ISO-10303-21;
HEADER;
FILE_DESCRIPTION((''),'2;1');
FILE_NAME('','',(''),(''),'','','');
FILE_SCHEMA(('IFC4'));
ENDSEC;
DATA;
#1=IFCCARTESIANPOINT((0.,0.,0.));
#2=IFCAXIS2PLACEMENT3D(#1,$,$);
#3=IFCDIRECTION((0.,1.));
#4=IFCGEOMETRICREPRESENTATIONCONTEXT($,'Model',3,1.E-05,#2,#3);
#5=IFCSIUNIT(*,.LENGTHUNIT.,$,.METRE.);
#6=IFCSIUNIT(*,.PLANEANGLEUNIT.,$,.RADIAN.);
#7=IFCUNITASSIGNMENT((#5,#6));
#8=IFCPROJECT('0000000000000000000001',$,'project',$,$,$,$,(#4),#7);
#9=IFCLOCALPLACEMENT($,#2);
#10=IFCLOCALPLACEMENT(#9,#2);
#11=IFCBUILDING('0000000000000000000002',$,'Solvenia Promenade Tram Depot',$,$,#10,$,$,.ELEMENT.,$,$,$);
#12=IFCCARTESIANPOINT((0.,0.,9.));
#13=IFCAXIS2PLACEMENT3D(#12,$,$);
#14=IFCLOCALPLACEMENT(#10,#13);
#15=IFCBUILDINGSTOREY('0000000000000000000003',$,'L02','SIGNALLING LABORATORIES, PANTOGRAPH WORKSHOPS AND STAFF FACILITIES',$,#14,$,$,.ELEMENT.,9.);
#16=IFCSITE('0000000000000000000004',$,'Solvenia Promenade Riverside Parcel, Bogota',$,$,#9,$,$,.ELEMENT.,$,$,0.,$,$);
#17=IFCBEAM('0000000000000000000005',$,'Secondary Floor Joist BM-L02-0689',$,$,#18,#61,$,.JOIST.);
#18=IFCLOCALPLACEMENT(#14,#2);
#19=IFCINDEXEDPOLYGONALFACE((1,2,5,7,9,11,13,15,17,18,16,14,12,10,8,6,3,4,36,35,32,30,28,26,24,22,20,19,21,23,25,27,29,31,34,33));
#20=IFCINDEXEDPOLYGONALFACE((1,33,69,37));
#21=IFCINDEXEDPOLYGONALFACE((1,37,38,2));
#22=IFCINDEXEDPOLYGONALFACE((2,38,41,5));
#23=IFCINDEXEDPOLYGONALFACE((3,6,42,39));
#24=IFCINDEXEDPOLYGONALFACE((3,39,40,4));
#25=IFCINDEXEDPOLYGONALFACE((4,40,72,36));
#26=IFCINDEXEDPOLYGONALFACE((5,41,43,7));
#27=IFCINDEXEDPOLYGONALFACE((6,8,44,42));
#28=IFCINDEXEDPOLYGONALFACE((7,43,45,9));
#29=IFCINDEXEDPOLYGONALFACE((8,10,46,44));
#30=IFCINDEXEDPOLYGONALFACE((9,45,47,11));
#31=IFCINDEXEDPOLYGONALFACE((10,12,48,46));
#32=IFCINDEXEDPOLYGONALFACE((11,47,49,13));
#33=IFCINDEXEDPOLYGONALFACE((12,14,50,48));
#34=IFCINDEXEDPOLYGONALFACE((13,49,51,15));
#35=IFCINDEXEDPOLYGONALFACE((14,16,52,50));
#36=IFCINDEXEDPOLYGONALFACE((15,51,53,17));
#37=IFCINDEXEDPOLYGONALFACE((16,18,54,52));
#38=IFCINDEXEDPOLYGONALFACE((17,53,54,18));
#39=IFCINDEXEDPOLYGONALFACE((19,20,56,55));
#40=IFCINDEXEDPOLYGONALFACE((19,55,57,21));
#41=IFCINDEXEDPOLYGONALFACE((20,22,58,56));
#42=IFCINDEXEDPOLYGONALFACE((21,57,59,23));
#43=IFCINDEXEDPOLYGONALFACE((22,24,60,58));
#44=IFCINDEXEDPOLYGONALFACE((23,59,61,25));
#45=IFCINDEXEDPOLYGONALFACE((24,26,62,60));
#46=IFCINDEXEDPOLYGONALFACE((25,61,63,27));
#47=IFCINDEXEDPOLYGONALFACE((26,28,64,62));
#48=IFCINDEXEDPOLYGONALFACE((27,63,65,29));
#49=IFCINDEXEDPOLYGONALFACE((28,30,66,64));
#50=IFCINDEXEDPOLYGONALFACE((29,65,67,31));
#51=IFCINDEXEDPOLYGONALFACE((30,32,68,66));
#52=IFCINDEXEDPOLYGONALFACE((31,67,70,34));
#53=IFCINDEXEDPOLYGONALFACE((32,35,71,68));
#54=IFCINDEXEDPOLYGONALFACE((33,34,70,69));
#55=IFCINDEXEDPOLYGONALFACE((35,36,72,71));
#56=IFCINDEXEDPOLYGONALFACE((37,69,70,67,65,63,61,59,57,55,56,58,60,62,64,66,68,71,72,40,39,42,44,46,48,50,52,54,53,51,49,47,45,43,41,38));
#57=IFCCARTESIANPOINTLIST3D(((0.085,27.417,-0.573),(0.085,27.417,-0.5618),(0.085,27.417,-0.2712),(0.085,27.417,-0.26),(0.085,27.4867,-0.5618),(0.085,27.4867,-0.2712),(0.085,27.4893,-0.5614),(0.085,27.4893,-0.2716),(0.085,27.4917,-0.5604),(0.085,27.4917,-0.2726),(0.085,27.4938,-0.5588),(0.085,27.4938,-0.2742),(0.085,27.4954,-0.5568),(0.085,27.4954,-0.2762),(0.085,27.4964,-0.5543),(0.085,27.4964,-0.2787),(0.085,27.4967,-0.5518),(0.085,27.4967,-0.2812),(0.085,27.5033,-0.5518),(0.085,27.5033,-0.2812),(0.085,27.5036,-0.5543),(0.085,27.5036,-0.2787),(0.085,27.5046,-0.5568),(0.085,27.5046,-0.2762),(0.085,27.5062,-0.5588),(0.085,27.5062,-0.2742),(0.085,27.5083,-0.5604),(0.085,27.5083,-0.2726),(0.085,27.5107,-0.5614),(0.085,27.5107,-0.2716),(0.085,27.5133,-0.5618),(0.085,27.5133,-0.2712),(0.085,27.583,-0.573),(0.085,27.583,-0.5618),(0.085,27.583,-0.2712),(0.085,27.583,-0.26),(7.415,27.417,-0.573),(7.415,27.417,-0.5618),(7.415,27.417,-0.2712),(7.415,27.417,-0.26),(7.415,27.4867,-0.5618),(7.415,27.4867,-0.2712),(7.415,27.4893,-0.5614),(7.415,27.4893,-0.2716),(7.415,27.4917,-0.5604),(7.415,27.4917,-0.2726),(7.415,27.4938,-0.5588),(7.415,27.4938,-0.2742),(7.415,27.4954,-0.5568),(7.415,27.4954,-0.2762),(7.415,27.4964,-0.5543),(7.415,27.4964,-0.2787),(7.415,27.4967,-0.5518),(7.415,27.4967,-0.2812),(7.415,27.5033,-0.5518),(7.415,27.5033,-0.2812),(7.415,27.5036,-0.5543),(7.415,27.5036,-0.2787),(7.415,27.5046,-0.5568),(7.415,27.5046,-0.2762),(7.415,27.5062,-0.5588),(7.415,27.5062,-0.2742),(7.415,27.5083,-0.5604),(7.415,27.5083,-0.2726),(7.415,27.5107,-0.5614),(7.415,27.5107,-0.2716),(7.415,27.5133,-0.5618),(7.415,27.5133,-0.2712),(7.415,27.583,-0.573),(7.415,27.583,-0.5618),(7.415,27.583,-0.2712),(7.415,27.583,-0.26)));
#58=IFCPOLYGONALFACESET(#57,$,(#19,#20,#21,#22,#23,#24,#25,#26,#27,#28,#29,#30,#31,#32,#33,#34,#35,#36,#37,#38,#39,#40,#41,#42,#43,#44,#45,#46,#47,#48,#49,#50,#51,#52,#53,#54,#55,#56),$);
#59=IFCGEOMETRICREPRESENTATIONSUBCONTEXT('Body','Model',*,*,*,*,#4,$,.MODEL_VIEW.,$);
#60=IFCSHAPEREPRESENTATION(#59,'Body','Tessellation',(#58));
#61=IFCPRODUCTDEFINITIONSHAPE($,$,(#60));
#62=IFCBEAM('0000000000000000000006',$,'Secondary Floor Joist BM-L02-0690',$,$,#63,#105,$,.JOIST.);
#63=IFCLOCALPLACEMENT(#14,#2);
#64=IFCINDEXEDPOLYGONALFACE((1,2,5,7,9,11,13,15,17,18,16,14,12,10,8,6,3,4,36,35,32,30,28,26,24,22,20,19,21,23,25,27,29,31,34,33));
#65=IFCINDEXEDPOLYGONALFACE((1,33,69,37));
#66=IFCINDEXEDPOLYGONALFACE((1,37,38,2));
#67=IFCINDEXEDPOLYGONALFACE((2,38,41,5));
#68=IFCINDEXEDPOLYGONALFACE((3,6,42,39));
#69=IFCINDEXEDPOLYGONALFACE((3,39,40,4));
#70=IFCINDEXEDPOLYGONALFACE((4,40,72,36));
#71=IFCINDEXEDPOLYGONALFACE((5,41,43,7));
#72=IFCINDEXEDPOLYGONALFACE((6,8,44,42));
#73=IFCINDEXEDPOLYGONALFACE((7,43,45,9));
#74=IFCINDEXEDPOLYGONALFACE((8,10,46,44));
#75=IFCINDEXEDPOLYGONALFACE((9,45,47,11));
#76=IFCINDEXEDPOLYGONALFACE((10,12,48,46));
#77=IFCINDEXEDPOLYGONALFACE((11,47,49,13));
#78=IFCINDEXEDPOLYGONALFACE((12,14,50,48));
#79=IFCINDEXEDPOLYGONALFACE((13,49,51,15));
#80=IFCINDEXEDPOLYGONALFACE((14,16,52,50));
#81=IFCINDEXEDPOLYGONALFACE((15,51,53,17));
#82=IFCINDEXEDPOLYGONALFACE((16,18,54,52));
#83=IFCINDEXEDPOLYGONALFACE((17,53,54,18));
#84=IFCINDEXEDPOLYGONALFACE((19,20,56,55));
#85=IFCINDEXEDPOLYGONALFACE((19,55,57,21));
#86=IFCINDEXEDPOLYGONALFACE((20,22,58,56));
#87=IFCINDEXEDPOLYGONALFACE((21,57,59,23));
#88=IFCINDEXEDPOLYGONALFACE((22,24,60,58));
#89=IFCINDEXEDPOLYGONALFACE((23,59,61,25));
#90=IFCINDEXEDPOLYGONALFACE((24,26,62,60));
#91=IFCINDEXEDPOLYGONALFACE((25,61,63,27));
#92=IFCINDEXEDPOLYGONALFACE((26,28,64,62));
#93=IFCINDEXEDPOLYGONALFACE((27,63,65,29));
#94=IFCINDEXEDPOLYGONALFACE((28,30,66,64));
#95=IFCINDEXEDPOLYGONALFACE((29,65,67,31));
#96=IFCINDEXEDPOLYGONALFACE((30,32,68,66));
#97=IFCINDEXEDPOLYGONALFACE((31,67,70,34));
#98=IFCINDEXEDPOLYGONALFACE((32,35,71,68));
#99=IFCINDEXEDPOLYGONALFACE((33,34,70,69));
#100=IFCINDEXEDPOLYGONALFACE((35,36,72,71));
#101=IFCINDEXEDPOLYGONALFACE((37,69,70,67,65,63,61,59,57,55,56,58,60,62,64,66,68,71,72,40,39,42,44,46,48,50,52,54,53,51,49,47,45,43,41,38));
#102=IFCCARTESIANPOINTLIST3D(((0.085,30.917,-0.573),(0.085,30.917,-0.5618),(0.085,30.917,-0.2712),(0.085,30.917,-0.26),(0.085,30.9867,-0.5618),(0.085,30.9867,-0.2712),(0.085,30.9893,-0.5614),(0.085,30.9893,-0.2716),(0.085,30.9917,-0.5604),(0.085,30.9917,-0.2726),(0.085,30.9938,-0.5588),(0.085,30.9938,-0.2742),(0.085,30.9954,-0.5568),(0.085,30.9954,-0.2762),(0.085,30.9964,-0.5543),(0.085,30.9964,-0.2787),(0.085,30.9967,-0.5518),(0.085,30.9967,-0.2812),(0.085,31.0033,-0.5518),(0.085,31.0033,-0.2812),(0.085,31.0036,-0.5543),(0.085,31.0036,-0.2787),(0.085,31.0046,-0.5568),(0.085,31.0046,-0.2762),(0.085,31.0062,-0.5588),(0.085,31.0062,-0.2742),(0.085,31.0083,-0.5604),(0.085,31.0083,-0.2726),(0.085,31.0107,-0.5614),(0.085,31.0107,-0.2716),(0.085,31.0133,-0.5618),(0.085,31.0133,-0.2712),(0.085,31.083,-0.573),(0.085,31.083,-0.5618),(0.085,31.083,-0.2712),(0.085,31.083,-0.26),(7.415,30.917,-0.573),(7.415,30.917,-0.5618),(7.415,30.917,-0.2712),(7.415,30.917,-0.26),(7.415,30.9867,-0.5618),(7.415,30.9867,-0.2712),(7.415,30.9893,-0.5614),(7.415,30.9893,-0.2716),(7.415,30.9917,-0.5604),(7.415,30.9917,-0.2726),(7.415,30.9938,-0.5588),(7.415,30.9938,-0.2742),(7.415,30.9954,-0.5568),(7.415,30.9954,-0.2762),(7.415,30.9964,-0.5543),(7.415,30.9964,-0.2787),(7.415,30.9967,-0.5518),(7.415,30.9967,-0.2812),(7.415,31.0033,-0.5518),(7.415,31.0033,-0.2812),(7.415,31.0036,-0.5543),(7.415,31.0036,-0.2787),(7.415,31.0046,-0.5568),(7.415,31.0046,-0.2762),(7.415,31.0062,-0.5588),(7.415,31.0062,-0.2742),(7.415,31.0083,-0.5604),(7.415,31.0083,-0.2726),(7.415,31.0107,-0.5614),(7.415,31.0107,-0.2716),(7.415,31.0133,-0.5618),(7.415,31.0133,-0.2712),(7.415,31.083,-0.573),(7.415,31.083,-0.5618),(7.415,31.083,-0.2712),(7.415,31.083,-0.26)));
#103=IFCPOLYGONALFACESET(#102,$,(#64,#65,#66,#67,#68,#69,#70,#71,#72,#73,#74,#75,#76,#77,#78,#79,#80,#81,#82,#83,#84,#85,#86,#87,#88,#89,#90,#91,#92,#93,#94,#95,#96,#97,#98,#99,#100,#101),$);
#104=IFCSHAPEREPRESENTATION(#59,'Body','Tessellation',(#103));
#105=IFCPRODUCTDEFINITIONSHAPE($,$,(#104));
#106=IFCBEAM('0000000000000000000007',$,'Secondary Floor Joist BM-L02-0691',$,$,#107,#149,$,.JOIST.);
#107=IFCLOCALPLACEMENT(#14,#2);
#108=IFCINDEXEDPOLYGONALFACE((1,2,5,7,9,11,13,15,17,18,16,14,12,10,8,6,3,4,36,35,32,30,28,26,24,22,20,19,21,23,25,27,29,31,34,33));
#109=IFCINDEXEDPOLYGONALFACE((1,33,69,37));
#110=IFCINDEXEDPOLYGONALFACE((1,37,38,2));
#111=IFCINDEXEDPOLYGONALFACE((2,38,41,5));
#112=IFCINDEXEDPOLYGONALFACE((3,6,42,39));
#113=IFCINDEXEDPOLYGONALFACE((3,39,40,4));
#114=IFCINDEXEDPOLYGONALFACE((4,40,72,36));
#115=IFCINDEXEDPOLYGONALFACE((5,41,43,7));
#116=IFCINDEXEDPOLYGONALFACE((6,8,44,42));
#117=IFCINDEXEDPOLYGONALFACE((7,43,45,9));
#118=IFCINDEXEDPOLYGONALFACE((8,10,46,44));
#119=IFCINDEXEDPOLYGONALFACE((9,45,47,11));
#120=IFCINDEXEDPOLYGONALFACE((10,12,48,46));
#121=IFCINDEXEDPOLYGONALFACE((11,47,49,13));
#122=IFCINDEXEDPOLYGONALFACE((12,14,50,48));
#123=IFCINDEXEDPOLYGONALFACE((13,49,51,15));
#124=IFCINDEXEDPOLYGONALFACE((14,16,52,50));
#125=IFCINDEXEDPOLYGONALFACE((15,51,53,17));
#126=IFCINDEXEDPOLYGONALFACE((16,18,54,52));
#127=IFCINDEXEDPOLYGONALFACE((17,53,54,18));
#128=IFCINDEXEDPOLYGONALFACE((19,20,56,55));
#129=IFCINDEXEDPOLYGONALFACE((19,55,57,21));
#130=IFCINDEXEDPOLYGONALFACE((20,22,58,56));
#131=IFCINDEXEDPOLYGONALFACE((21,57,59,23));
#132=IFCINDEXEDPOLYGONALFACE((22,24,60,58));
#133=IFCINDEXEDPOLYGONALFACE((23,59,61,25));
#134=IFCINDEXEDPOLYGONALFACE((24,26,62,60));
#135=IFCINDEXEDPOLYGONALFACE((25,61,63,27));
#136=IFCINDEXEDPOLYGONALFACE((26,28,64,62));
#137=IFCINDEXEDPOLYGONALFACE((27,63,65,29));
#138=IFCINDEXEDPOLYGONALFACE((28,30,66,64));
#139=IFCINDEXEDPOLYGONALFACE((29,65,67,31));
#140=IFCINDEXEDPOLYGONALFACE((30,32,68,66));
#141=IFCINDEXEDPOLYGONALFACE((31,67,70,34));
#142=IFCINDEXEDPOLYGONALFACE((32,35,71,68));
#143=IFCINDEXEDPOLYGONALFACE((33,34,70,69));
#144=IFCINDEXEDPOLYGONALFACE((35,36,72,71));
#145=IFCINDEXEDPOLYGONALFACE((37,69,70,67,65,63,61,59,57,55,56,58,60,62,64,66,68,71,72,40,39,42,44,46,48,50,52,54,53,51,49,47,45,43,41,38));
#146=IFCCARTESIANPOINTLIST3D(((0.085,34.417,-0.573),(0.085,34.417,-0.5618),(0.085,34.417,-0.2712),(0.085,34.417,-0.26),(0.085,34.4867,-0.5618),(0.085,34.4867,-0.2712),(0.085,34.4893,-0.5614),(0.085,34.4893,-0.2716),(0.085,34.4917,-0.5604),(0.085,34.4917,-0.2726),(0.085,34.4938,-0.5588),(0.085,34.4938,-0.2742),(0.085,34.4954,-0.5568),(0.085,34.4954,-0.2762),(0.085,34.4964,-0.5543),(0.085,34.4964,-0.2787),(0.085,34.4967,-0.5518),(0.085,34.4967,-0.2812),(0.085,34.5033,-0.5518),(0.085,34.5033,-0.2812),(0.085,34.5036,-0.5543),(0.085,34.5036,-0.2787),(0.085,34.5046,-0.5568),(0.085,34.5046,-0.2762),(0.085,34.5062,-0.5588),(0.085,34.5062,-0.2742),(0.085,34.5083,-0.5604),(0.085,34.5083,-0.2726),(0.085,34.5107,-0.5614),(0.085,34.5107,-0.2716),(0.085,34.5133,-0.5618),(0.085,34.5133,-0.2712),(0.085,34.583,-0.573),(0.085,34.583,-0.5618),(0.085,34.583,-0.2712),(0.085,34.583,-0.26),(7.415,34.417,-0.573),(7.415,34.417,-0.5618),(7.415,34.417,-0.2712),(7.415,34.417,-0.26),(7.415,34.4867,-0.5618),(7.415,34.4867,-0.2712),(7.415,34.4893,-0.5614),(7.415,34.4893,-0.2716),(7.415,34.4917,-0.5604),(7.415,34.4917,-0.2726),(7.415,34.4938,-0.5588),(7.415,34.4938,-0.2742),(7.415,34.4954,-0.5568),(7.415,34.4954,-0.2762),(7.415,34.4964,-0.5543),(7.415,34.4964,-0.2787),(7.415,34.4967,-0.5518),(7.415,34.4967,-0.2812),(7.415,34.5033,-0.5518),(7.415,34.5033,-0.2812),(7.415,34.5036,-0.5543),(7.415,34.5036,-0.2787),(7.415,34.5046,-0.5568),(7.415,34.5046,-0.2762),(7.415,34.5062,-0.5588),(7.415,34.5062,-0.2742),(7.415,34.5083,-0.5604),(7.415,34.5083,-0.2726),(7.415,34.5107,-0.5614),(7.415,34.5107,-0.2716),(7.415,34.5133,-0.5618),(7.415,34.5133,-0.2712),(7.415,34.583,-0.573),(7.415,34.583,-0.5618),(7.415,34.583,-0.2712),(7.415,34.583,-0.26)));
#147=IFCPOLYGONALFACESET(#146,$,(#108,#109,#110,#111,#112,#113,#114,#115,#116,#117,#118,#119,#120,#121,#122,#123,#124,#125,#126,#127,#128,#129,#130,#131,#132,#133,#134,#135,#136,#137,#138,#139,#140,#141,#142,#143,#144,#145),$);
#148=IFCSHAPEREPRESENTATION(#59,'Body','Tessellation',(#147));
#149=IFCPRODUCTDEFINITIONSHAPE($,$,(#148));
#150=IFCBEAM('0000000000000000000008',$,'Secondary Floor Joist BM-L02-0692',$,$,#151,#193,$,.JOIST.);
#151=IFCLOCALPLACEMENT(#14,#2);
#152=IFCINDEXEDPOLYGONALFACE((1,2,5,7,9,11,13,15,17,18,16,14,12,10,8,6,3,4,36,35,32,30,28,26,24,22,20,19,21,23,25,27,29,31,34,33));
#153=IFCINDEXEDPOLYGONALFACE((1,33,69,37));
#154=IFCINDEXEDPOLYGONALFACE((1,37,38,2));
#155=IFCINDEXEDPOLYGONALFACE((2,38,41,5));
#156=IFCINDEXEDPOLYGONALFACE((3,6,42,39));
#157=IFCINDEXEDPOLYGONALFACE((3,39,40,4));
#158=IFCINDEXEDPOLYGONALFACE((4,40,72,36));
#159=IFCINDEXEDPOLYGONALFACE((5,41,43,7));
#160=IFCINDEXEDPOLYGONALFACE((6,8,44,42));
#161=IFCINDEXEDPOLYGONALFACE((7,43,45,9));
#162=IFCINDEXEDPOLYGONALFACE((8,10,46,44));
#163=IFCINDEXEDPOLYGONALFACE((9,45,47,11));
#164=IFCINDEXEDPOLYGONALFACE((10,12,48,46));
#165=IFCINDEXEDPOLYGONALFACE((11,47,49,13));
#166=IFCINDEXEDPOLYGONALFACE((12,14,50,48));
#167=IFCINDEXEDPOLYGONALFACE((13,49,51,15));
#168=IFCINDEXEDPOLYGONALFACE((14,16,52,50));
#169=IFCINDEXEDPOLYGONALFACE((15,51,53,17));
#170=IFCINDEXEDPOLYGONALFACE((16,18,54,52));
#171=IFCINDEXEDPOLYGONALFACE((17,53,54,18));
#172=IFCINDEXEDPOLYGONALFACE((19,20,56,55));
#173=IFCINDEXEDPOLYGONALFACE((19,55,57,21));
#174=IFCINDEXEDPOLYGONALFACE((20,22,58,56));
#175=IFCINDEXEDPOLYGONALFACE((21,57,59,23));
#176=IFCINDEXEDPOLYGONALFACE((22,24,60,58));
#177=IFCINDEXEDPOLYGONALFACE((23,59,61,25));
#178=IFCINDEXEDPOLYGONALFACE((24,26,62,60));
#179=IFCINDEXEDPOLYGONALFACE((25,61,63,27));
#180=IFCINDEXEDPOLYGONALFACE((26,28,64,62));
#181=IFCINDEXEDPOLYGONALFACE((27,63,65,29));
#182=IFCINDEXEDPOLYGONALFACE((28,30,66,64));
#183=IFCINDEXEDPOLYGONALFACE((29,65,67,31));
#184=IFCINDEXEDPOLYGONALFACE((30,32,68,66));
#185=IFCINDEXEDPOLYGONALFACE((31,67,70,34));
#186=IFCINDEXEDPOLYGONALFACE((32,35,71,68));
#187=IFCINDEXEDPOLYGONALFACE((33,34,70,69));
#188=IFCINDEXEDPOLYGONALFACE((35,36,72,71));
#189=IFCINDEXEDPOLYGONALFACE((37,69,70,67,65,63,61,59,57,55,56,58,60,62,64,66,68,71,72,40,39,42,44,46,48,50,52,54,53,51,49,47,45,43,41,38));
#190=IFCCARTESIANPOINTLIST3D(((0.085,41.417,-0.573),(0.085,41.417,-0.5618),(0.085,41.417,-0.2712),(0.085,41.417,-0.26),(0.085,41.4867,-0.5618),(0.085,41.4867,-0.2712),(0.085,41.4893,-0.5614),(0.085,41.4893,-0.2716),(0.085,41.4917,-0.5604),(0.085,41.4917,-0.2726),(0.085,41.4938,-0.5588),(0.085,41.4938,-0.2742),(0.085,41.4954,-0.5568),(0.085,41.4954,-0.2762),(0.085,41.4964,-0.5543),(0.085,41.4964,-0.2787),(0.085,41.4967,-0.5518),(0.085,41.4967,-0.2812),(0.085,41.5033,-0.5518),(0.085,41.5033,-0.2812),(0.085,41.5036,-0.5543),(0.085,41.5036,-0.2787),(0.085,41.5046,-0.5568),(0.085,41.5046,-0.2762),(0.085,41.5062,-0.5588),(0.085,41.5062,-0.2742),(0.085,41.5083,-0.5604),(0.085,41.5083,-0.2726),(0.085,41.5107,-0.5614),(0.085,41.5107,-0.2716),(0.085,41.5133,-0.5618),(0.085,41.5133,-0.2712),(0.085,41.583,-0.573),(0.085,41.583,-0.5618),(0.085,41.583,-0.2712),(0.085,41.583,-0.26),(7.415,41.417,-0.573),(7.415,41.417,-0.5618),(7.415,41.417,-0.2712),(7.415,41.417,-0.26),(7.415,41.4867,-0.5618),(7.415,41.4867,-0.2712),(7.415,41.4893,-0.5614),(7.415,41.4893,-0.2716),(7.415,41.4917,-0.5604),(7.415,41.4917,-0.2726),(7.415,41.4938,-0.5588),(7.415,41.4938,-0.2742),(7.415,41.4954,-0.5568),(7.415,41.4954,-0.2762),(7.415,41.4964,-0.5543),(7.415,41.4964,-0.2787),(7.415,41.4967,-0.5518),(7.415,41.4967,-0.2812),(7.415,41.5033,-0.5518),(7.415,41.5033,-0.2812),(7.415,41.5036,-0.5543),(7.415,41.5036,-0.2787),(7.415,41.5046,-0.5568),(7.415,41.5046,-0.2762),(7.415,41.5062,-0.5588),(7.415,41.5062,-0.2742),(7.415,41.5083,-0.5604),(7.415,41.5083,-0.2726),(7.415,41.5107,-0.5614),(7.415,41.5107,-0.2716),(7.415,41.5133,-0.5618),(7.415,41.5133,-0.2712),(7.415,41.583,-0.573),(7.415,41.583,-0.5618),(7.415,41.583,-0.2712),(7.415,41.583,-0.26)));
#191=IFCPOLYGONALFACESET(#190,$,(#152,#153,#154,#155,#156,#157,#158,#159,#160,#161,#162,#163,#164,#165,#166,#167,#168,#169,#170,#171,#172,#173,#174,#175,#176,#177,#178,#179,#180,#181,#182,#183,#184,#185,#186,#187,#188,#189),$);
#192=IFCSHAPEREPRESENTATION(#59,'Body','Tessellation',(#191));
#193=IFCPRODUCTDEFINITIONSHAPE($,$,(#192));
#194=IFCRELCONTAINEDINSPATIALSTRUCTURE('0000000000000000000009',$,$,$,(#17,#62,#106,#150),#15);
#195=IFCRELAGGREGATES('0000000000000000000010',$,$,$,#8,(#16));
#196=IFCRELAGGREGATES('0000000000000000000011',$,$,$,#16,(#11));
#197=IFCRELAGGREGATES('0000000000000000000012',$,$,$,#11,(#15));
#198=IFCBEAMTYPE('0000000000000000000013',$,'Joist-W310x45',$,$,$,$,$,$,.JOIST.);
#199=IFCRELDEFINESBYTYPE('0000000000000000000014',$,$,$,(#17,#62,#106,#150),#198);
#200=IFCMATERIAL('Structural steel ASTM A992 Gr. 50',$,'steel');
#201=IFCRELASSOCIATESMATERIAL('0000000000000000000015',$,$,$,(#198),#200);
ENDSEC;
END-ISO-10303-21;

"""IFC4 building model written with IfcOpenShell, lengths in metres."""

from ifc_helpers import new_model, si_unit, direction, frame, origin, origin_2d, place, context, subcontext, project, spatial, i_section, extrude, material, material_profile, profile_set, type_object, element, save


model = new_model("IFC4")

# Units and contexts
model_context = context("Model", 3, precision=1e-05, world=origin(), true_north=direction((0.0, 1.0)))
body_context = subcontext(model_context, "Body", "Model", "MODEL_VIEW")
ifc_project = project(units=[si_unit("LENGTHUNIT", "METRE"), si_unit("PLANEANGLEUNIT", "RADIAN")], contexts=[model_context])

# Site, building, storey
site_placement = place(None, origin())
site = spatial("IfcSite", under=ifc_project, at=site_placement, Name="Solvenia Promenade Riverside Parcel, Bogota", CompositionType="ELEMENT", RefElevation=0.0)
building_placement = place(site_placement, origin())
building = spatial("IfcBuilding", under=site, at=building_placement, Name="Solvenia Promenade Tram Depot", CompositionType="ELEMENT")
storey_placement = place(building_placement, frame((0.0, 0.0, 9.0)))
storey = spatial("IfcBuildingStorey", under=building, at=storey_placement, Name="L02", Description="SIGNALLING LABORATORIES, PANTOGRAPH WORKSHOPS AND STAFF FACILITIES", CompositionType="ELEMENT", Elevation=9.0)

# Beams
ifc_material_1 = material(Name="Structural steel ASTM A992 Gr. 50", Category="steel")
ifc_material_profile_1 = material_profile(ifc_material_1, i_section(OverallWidth=0.166, OverallDepth=0.313, WebThickness=0.0066, FlangeThickness=0.0112, FilletRadius=0.01, at=origin_2d()), Name="W310x45", Category="steel")
ifc_profile_set_1 = profile_set([ifc_material_profile_1], Name="Structural steel ASTM A992 Gr. 50")
beam_type_1 = type_object("IfcBeamType", Name="Joist-W310x45", PredefinedType="JOIST", material=ifc_profile_set_1)
for number, where, z_axis, x_axis, name in (
    (1, (0.085, 27.5, -0.4165), (1.0, 0.0, 0.0), (0.0, 1.0, 0.0), "Secondary Floor Joist BM-L02-0689"),
    (2, (0.085, 31.0, -0.4165), (1.0, 0.0, 0.0), (0.0, 1.0, 0.0), "Secondary Floor Joist BM-L02-0690"),
    (3, (0.085, 34.5, -0.4165), (1.0, 0.0, 0.0), (0.0, 1.0, 0.0), "Secondary Floor Joist BM-L02-0691"),
    (4, (0.085, 41.5, -0.4165), (1.0, 0.0, 0.0), (0.0, 1.0, 0.0), "Secondary Floor Joist BM-L02-0692"),
):
    element("IfcBeam", number, at=place(storey_placement, frame(where, z_axis=z_axis, x_axis=x_axis)), inside=storey, type_object=beam_type_1, Name=name, PredefinedType="JOIST", context=body_context, shape_type="SweptSolid", body=[
        extrude(i_section(OverallWidth=0.166, OverallDepth=0.313, WebThickness=0.0066, FlangeThickness=0.0112, FilletRadius=0.01, at=origin_2d()), origin(), (0.0, 0.0, 1.0), 7.3301),
    ])

save(model, "model.ifc")
